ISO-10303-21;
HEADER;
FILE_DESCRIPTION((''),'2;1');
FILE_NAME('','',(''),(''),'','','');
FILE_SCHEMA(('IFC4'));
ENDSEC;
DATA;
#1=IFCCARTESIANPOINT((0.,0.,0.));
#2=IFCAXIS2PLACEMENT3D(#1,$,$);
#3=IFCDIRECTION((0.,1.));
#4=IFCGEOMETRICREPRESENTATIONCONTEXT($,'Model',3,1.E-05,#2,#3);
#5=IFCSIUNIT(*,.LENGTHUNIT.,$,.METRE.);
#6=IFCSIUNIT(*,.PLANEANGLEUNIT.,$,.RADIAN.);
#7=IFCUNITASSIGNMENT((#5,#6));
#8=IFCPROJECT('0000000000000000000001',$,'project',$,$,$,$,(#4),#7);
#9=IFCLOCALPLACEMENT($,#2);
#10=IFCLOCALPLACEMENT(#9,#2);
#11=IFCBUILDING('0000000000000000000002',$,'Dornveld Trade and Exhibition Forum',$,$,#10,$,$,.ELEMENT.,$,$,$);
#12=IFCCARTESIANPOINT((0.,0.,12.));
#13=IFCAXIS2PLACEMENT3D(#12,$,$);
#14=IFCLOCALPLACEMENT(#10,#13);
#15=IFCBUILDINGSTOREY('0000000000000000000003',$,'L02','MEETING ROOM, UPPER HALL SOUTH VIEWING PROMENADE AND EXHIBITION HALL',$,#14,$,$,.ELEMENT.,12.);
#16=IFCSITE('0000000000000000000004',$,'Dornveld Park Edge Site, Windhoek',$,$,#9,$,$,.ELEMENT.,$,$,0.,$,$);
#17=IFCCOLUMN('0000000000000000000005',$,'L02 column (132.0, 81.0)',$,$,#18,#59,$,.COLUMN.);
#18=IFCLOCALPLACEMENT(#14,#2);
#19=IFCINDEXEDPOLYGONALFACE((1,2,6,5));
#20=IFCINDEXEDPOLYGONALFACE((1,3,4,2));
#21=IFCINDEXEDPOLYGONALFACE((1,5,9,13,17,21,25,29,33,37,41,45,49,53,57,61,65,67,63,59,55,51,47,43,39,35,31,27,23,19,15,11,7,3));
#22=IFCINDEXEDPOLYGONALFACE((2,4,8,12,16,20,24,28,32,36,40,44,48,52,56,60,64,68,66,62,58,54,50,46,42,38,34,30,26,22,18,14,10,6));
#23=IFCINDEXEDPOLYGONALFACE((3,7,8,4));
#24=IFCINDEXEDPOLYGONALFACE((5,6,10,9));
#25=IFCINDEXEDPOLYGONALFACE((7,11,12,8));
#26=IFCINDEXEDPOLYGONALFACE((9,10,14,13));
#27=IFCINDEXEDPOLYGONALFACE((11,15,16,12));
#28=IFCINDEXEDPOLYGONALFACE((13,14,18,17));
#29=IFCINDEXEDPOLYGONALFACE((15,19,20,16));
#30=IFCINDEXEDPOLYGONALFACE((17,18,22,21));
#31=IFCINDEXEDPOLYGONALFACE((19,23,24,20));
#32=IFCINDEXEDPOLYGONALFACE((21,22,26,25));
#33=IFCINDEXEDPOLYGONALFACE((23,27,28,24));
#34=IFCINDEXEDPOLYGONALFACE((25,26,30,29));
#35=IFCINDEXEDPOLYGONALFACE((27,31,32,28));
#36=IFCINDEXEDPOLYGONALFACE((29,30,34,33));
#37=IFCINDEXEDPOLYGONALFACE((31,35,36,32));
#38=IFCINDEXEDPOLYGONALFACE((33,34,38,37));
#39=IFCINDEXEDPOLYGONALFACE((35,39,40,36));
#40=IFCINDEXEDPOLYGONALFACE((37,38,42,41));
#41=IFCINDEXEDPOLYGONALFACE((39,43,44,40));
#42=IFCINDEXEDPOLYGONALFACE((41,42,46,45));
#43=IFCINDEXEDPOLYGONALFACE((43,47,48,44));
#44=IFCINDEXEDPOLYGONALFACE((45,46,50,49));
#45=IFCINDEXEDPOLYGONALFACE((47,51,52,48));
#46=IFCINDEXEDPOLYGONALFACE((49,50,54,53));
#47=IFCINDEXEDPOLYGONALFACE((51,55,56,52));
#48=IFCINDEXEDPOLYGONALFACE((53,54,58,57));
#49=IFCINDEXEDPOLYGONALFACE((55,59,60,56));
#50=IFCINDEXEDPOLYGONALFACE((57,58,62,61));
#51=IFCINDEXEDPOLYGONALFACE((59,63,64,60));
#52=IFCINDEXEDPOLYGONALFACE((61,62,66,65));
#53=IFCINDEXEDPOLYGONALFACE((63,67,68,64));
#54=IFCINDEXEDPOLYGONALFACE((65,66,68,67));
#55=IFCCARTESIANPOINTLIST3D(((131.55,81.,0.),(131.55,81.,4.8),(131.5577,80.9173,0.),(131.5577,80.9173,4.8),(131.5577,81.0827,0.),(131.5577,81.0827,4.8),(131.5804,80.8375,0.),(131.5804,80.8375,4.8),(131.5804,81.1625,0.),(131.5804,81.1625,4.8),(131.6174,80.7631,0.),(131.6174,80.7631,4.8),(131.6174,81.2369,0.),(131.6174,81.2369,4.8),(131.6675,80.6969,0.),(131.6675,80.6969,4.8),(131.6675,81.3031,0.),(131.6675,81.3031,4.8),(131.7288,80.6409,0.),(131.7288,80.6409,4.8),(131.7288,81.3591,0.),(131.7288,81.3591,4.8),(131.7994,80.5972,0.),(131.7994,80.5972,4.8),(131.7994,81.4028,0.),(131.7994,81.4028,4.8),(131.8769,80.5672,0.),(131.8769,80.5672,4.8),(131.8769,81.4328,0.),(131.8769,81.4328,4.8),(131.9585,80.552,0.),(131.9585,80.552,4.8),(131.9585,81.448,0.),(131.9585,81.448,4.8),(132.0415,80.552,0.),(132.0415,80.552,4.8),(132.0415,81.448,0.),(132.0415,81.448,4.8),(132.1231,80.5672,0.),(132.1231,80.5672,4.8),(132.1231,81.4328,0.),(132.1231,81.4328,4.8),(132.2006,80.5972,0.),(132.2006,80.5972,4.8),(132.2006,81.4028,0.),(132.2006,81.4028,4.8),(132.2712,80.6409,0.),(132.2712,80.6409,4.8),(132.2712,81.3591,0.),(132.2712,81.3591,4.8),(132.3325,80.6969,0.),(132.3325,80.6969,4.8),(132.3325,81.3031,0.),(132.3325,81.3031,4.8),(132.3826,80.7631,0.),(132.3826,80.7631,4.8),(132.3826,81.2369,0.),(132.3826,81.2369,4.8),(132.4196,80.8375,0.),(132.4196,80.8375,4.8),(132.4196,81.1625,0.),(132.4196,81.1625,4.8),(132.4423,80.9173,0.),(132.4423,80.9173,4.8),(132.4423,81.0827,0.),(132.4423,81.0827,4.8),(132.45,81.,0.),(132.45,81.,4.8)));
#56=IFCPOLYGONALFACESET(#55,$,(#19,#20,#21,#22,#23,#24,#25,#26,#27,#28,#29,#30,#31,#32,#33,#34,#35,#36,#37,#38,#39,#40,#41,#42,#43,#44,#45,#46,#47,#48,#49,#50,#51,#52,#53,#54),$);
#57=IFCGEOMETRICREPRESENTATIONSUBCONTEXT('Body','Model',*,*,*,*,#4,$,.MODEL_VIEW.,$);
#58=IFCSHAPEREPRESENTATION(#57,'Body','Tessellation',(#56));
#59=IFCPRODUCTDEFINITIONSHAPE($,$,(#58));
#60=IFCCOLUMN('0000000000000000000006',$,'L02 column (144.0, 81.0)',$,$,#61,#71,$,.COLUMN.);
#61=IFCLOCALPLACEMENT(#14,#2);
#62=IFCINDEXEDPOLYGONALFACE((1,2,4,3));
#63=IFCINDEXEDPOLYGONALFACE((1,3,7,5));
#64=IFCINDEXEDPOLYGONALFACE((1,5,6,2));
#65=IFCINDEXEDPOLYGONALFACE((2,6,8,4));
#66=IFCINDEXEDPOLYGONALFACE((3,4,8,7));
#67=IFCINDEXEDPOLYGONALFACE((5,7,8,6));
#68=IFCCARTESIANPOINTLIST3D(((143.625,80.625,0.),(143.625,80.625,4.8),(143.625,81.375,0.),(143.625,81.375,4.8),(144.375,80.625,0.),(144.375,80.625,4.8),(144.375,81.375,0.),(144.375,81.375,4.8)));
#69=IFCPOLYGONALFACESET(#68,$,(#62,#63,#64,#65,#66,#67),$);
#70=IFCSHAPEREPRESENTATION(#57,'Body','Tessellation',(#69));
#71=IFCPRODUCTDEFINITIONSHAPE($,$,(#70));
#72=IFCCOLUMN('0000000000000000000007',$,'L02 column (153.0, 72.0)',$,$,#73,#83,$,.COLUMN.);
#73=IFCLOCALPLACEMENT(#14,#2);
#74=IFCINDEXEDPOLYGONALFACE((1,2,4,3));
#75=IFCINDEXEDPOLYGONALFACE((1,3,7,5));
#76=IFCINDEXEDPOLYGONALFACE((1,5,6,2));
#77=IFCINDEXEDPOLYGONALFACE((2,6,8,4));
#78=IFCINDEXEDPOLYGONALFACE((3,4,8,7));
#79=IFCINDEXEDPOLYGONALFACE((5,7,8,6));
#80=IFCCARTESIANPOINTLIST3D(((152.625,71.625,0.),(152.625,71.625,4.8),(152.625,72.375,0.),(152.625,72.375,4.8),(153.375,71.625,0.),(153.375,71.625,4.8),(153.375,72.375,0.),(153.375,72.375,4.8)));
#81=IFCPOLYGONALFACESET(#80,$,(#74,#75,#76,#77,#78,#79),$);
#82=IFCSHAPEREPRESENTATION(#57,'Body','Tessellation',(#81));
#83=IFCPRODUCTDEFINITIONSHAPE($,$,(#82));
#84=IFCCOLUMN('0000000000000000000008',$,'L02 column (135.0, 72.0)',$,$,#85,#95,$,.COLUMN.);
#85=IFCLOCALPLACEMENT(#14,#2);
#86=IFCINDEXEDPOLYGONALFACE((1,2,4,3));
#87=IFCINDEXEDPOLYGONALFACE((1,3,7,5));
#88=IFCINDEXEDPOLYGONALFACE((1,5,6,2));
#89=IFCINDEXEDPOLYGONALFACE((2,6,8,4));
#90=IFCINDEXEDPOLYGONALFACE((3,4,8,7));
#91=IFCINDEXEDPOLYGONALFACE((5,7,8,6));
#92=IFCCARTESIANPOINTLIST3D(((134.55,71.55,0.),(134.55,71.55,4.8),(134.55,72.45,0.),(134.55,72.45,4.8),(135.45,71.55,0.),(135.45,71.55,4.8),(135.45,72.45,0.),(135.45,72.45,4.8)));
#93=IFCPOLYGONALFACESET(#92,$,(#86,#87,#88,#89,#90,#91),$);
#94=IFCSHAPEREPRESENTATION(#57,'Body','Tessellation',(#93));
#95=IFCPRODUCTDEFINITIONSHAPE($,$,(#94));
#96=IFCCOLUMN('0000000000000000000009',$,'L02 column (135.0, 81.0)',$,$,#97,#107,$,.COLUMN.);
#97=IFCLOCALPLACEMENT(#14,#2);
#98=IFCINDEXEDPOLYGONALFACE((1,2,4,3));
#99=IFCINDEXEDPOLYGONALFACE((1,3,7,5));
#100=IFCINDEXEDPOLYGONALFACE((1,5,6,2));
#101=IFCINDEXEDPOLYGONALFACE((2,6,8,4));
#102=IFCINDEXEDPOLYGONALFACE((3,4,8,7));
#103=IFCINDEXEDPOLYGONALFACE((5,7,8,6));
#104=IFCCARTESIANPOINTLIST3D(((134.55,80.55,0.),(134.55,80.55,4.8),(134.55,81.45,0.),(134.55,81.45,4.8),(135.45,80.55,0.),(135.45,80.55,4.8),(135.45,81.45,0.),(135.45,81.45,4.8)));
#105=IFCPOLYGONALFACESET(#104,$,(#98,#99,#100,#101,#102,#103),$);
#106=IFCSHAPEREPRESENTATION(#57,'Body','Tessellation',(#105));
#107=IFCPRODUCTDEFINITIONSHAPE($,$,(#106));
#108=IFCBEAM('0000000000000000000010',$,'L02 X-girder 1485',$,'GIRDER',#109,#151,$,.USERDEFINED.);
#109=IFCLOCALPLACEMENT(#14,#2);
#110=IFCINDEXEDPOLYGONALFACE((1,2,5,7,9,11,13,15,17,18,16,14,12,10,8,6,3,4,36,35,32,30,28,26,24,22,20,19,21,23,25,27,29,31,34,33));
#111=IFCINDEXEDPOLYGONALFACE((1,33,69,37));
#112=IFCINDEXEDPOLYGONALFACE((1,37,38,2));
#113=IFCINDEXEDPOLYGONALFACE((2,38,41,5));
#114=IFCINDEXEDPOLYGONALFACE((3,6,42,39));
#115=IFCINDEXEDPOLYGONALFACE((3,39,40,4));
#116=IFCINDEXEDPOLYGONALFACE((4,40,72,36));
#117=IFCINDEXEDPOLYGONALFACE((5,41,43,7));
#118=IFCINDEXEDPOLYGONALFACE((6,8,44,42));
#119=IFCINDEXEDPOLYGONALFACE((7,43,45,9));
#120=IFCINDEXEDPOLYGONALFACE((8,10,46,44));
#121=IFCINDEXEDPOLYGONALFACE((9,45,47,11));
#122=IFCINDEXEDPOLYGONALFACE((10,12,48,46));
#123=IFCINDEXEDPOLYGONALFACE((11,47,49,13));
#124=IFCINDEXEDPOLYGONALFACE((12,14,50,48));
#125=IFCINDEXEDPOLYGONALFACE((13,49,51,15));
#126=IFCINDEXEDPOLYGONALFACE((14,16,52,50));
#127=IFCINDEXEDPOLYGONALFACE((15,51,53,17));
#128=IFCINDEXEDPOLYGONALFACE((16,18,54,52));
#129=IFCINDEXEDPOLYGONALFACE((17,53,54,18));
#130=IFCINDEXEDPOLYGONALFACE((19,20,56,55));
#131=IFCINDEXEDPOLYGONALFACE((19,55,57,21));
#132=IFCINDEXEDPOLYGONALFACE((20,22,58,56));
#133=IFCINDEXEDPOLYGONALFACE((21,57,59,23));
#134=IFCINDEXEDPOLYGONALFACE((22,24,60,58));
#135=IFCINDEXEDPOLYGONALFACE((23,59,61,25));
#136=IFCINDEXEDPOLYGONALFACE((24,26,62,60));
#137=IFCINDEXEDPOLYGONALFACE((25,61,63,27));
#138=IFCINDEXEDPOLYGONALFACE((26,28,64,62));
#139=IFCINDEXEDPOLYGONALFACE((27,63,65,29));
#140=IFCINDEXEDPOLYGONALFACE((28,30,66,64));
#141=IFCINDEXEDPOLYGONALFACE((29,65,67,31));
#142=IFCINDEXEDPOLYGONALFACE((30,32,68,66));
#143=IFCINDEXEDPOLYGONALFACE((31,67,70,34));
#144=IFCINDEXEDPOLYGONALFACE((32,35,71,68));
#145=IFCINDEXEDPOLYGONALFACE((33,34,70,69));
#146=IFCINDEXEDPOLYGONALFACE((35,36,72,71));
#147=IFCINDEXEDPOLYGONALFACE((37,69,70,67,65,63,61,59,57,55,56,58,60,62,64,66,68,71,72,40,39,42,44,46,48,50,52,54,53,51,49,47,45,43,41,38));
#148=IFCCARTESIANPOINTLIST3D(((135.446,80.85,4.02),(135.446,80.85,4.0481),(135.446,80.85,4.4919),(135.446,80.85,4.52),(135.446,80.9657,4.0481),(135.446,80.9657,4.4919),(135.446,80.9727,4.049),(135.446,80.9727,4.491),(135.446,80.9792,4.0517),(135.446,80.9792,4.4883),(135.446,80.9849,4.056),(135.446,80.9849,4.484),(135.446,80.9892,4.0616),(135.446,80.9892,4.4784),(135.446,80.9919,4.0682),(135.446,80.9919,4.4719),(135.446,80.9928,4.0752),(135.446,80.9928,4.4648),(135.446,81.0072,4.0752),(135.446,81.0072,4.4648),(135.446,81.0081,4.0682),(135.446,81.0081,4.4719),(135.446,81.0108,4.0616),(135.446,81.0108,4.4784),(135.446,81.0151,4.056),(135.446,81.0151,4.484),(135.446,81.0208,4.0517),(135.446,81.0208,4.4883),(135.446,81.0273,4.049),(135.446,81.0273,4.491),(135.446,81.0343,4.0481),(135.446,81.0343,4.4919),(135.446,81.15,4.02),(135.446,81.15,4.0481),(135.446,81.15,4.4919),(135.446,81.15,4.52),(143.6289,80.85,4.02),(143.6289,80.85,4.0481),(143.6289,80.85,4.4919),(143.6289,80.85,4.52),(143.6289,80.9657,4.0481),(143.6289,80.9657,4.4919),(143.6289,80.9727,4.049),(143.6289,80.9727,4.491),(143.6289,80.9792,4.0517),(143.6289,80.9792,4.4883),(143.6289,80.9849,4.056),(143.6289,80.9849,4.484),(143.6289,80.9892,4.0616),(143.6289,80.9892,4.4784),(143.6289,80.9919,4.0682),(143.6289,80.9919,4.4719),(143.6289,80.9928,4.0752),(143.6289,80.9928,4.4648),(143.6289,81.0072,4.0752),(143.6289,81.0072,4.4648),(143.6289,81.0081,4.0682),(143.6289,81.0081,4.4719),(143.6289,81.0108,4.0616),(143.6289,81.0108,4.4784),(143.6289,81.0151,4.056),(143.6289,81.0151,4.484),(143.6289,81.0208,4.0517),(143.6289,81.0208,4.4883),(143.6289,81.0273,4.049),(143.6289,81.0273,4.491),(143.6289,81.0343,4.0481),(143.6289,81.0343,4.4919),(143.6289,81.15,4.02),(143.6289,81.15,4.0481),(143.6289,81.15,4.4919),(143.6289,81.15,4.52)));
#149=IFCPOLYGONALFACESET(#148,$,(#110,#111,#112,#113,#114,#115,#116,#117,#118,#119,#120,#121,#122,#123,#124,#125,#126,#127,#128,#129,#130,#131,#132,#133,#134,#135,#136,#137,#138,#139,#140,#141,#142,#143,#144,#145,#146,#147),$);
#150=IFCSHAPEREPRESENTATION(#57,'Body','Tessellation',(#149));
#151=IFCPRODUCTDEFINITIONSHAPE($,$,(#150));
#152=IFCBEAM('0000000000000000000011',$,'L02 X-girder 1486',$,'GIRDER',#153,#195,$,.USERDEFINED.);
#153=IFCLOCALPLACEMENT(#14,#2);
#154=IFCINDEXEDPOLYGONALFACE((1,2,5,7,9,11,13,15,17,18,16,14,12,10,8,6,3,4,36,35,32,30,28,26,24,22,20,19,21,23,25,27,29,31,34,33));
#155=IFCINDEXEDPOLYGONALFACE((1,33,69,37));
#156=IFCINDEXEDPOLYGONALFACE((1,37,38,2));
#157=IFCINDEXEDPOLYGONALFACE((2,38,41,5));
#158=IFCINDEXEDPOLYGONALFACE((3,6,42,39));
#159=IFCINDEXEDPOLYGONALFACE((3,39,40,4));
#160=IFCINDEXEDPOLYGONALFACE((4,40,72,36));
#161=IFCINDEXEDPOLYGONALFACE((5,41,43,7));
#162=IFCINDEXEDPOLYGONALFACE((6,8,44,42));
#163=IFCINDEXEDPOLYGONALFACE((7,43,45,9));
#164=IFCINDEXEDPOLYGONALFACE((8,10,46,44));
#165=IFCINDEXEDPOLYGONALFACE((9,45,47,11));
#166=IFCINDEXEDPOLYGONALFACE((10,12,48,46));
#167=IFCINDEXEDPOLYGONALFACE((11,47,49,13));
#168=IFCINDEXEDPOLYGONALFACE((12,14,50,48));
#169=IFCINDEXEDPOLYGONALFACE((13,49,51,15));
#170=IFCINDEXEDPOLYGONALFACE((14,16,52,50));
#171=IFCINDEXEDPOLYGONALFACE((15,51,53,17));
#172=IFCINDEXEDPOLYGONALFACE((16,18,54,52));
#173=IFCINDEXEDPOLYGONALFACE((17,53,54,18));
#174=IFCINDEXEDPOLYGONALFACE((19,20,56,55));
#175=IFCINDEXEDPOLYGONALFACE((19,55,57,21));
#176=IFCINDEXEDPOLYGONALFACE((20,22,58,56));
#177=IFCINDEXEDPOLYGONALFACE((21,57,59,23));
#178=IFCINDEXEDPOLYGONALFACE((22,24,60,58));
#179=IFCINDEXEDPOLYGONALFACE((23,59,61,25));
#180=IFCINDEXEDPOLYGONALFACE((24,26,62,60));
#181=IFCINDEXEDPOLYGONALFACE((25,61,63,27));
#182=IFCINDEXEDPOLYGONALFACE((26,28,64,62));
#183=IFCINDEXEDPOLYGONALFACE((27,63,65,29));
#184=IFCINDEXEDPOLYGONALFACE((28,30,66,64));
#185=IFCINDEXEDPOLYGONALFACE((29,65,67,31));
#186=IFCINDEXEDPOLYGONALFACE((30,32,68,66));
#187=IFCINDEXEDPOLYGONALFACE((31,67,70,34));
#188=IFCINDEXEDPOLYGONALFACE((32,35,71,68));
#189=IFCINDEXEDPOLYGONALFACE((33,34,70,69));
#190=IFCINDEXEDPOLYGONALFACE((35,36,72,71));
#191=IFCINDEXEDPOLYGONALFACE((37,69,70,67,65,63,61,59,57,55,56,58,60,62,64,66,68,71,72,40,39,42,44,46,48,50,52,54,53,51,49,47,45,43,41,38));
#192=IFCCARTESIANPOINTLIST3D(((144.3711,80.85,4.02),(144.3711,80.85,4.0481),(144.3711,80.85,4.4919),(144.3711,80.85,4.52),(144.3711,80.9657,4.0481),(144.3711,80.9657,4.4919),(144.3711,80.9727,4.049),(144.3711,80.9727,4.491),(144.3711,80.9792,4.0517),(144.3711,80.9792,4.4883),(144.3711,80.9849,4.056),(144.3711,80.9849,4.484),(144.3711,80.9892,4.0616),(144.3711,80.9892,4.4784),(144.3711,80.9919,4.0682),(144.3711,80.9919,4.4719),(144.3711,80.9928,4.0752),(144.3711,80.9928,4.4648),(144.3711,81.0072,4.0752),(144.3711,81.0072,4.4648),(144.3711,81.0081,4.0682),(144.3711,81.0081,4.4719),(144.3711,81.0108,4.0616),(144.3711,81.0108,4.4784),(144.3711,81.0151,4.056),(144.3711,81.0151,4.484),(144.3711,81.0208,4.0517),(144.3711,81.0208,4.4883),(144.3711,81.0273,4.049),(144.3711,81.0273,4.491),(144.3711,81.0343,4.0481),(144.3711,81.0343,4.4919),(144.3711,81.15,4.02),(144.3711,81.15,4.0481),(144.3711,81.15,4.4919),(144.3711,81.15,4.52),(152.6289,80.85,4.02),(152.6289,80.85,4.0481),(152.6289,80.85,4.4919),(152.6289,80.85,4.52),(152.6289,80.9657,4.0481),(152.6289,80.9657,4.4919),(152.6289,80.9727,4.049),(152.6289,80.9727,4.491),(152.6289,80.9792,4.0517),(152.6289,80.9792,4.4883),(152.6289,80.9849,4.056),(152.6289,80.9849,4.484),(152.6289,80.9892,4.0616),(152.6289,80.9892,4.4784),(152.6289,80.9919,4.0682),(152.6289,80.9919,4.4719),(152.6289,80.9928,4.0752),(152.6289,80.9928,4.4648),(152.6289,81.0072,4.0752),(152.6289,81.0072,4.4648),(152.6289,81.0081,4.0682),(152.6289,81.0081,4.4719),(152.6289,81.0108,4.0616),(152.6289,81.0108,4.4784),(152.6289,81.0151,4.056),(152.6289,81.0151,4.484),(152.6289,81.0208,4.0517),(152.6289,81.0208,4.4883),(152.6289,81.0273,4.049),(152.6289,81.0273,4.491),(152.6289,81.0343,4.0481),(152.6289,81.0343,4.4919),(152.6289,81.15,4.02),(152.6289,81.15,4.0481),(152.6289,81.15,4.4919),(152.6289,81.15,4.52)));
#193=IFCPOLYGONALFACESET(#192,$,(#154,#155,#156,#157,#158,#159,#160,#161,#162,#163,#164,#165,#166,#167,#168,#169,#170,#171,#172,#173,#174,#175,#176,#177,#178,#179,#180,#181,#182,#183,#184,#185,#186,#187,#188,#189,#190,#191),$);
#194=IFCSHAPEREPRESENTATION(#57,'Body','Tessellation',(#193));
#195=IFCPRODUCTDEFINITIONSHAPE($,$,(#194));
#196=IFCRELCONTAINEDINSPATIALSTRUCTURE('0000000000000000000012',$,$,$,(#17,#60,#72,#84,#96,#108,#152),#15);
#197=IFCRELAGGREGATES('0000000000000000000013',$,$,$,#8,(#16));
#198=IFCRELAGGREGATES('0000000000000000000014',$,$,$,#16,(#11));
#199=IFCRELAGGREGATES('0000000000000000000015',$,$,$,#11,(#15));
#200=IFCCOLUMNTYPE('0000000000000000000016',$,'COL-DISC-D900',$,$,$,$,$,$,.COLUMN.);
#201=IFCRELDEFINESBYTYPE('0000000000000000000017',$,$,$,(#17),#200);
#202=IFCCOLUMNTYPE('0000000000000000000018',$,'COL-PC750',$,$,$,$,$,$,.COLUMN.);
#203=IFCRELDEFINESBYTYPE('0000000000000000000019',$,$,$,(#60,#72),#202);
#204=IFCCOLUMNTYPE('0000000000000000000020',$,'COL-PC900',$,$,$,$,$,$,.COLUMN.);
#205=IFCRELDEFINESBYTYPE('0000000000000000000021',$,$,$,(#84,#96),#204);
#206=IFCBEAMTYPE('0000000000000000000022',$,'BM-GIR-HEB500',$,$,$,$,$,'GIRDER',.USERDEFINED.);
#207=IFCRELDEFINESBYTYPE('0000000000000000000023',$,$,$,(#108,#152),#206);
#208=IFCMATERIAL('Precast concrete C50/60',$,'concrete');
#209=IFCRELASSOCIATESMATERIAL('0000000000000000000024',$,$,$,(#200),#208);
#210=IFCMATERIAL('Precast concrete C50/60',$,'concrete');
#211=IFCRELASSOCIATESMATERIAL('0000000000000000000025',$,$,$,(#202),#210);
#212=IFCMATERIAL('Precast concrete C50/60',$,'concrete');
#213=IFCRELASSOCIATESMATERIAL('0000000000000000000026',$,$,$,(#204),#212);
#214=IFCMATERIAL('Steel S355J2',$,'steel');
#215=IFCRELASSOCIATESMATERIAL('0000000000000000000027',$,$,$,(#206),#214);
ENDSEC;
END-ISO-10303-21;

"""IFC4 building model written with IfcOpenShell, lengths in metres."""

from ifc_helpers import new_model, si_unit, direction, frame, origin, origin_2d, place, context, subcontext, project, spatial, rectangle, circle, i_section, extrude, material, material_profile, profile_set, type_object, element, save


model = new_model("IFC4")

# Units and contexts
model_context = context("Model", 3, precision=1e-05, world=origin(), true_north=direction((0.0, 1.0)))
body_context = subcontext(model_context, "Body", "Model", "MODEL_VIEW")
ifc_project = project(units=[si_unit("LENGTHUNIT", "METRE"), si_unit("PLANEANGLEUNIT", "RADIAN")], contexts=[model_context])

# Site, building, storey
site_placement = place(None, origin())
site = spatial("IfcSite", under=ifc_project, at=site_placement, Name="Dornveld Park Edge Site, Windhoek", CompositionType="ELEMENT", RefElevation=0.0)
building_placement = place(site_placement, origin())
building = spatial("IfcBuilding", under=site, at=building_placement, Name="Dornveld Trade and Exhibition Forum", CompositionType="ELEMENT")
storey_placement = place(building_placement, frame((0.0, 0.0, 12.0)))
storey = spatial("IfcBuildingStorey", under=building, at=storey_placement, Name="L02", Description="MEETING ROOM, UPPER HALL SOUTH VIEWING PROMENADE AND EXHIBITION HALL", CompositionType="ELEMENT", Elevation=12.0)

# Columns
ifc_material_1 = material(Name="Precast concrete C50/60", Category="concrete")
ifc_material_profile_1 = material_profile(ifc_material_1, circle(Radius=0.45, at=origin_2d()), Name="PC-COL D900")
ifc_profile_set_1 = profile_set([ifc_material_profile_1], Name="Precast concrete C50/60")
column_type_1 = type_object("IfcColumnType", Name="COL-DISC-D900", PredefinedType="COLUMN", material=ifc_profile_set_1)
for number, where, z_axis, x_axis, name in (
    (1, (132.0, 81.0, 0.0), (0.0, 0.0, 1.0), (1.0, 0.0, 0.0), "L02 column (132.0, 81.0)"),
):
    element("IfcColumn", number, at=place(storey_placement, frame(where, z_axis=z_axis, x_axis=x_axis)), inside=storey, type_object=column_type_1, Name=name, PredefinedType="COLUMN", context=body_context, shape_type="SweptSolid", body=[
        extrude(circle(Radius=0.45, at=origin_2d()), origin(), (0.0, 0.0, 1.0), 4.8),
    ])
ifc_material_2 = material(Name="Precast concrete C50/60", Category="concrete")
ifc_material_profile_2 = material_profile(ifc_material_2, rectangle(XDim=0.75, YDim=0.75, at=origin_2d()), Name="PC-COL 750x750")
ifc_profile_set_2 = profile_set([ifc_material_profile_2], Name="Precast concrete C50/60")
column_type_2 = type_object("IfcColumnType", Name="COL-PC750", PredefinedType="COLUMN", material=ifc_profile_set_2)
for number, where, z_axis, x_axis, name in (
    (2, (144.0, 81.0, 0.0), (0.0, 0.0, 1.0), (1.0, 0.0, 0.0), "L02 column (144.0, 81.0)"),
    (3, (153.0, 72.0, 0.0), (0.0, 0.0, 1.0), (1.0, 0.0, 0.0), "L02 column (153.0, 72.0)"),
):
    element("IfcColumn", number, at=place(storey_placement, frame(where, z_axis=z_axis, x_axis=x_axis)), inside=storey, type_object=column_type_2, Name=name, PredefinedType="COLUMN", context=body_context, shape_type="SweptSolid", body=[
        extrude(rectangle(XDim=0.75, YDim=0.75, at=origin_2d()), origin(), (0.0, 0.0, 1.0), 4.8),
    ])
ifc_material_3 = material(Name="Precast concrete C50/60", Category="concrete")
ifc_material_profile_3 = material_profile(ifc_material_3, rectangle(XDim=0.8999, YDim=0.8999, at=origin_2d()), Name="PC-COL 900x900")
ifc_profile_set_3 = profile_set([ifc_material_profile_3], Name="Precast concrete C50/60")
column_type_3 = type_object("IfcColumnType", Name="COL-PC900", PredefinedType="COLUMN", material=ifc_profile_set_3)
for number, where, z_axis, x_axis, name in (
    (4, (135.0, 72.0, 0.0), (0.0, 0.0, 1.0), (1.0, 0.0, 0.0), "L02 column (135.0, 72.0)"),
    (5, (135.0, 81.0, 0.0), (0.0, 0.0, 1.0), (1.0, 0.0, 0.0), "L02 column (135.0, 81.0)"),
):
    element("IfcColumn", number, at=place(storey_placement, frame(where, z_axis=z_axis, x_axis=x_axis)), inside=storey, type_object=column_type_3, Name=name, PredefinedType="COLUMN", context=body_context, shape_type="SweptSolid", body=[
        extrude(rectangle(XDim=0.8999, YDim=0.8999, at=origin_2d()), origin(), (0.0, 0.0, 1.0), 4.8),
    ])

# Beams
ifc_material_4 = material(Name="Steel S355J2", Category="steel")
ifc_material_profile_4 = material_profile(ifc_material_4, i_section(OverallWidth=0.3, OverallDepth=0.5, WebThickness=0.0144, FlangeThickness=0.0281, FilletRadius=0.0271, at=origin_2d()), Name="HEB 500")
ifc_profile_set_4 = profile_set([ifc_material_profile_4], Name="Steel S355J2")
beam_type_1 = type_object("IfcBeamType", Name="BM-GIR-HEB500", ElementType="GIRDER", PredefinedType="USERDEFINED", material=ifc_profile_set_4)
beam_1_placement = place(storey_placement, frame((135.446, 81.0, 4.27), z_axis=(1.0, 0.0, 0.0), x_axis=(0.0, 1.0, 0.0)))
element("IfcBeam", 6, at=beam_1_placement, inside=storey, type_object=beam_type_1, Name="L02 X-girder 1485", ObjectType="GIRDER", PredefinedType="USERDEFINED", context=body_context, shape_type="SweptSolid", body=[
    extrude(i_section(OverallWidth=0.3, OverallDepth=0.5, WebThickness=0.0144, FlangeThickness=0.0281, FilletRadius=0.0271, at=origin_2d()), origin(), (0.0, 0.0, 1.0), 8.1829),
])
beam_2_placement = place(storey_placement, frame((144.3711, 81.0, 4.27), z_axis=(1.0, 0.0, 0.0), x_axis=(0.0, 1.0, 0.0)))
element("IfcBeam", 7, at=beam_2_placement, inside=storey, type_object=beam_type_1, Name="L02 X-girder 1486", ObjectType="GIRDER", PredefinedType="USERDEFINED", context=body_context, shape_type="SweptSolid", body=[
    extrude(i_section(OverallWidth=0.3, OverallDepth=0.5, WebThickness=0.0144, FlangeThickness=0.0281, FilletRadius=0.0271, at=origin_2d()), origin(), (0.0, 0.0, 1.0), 8.2578),
])

save(model, "model.ifc")
